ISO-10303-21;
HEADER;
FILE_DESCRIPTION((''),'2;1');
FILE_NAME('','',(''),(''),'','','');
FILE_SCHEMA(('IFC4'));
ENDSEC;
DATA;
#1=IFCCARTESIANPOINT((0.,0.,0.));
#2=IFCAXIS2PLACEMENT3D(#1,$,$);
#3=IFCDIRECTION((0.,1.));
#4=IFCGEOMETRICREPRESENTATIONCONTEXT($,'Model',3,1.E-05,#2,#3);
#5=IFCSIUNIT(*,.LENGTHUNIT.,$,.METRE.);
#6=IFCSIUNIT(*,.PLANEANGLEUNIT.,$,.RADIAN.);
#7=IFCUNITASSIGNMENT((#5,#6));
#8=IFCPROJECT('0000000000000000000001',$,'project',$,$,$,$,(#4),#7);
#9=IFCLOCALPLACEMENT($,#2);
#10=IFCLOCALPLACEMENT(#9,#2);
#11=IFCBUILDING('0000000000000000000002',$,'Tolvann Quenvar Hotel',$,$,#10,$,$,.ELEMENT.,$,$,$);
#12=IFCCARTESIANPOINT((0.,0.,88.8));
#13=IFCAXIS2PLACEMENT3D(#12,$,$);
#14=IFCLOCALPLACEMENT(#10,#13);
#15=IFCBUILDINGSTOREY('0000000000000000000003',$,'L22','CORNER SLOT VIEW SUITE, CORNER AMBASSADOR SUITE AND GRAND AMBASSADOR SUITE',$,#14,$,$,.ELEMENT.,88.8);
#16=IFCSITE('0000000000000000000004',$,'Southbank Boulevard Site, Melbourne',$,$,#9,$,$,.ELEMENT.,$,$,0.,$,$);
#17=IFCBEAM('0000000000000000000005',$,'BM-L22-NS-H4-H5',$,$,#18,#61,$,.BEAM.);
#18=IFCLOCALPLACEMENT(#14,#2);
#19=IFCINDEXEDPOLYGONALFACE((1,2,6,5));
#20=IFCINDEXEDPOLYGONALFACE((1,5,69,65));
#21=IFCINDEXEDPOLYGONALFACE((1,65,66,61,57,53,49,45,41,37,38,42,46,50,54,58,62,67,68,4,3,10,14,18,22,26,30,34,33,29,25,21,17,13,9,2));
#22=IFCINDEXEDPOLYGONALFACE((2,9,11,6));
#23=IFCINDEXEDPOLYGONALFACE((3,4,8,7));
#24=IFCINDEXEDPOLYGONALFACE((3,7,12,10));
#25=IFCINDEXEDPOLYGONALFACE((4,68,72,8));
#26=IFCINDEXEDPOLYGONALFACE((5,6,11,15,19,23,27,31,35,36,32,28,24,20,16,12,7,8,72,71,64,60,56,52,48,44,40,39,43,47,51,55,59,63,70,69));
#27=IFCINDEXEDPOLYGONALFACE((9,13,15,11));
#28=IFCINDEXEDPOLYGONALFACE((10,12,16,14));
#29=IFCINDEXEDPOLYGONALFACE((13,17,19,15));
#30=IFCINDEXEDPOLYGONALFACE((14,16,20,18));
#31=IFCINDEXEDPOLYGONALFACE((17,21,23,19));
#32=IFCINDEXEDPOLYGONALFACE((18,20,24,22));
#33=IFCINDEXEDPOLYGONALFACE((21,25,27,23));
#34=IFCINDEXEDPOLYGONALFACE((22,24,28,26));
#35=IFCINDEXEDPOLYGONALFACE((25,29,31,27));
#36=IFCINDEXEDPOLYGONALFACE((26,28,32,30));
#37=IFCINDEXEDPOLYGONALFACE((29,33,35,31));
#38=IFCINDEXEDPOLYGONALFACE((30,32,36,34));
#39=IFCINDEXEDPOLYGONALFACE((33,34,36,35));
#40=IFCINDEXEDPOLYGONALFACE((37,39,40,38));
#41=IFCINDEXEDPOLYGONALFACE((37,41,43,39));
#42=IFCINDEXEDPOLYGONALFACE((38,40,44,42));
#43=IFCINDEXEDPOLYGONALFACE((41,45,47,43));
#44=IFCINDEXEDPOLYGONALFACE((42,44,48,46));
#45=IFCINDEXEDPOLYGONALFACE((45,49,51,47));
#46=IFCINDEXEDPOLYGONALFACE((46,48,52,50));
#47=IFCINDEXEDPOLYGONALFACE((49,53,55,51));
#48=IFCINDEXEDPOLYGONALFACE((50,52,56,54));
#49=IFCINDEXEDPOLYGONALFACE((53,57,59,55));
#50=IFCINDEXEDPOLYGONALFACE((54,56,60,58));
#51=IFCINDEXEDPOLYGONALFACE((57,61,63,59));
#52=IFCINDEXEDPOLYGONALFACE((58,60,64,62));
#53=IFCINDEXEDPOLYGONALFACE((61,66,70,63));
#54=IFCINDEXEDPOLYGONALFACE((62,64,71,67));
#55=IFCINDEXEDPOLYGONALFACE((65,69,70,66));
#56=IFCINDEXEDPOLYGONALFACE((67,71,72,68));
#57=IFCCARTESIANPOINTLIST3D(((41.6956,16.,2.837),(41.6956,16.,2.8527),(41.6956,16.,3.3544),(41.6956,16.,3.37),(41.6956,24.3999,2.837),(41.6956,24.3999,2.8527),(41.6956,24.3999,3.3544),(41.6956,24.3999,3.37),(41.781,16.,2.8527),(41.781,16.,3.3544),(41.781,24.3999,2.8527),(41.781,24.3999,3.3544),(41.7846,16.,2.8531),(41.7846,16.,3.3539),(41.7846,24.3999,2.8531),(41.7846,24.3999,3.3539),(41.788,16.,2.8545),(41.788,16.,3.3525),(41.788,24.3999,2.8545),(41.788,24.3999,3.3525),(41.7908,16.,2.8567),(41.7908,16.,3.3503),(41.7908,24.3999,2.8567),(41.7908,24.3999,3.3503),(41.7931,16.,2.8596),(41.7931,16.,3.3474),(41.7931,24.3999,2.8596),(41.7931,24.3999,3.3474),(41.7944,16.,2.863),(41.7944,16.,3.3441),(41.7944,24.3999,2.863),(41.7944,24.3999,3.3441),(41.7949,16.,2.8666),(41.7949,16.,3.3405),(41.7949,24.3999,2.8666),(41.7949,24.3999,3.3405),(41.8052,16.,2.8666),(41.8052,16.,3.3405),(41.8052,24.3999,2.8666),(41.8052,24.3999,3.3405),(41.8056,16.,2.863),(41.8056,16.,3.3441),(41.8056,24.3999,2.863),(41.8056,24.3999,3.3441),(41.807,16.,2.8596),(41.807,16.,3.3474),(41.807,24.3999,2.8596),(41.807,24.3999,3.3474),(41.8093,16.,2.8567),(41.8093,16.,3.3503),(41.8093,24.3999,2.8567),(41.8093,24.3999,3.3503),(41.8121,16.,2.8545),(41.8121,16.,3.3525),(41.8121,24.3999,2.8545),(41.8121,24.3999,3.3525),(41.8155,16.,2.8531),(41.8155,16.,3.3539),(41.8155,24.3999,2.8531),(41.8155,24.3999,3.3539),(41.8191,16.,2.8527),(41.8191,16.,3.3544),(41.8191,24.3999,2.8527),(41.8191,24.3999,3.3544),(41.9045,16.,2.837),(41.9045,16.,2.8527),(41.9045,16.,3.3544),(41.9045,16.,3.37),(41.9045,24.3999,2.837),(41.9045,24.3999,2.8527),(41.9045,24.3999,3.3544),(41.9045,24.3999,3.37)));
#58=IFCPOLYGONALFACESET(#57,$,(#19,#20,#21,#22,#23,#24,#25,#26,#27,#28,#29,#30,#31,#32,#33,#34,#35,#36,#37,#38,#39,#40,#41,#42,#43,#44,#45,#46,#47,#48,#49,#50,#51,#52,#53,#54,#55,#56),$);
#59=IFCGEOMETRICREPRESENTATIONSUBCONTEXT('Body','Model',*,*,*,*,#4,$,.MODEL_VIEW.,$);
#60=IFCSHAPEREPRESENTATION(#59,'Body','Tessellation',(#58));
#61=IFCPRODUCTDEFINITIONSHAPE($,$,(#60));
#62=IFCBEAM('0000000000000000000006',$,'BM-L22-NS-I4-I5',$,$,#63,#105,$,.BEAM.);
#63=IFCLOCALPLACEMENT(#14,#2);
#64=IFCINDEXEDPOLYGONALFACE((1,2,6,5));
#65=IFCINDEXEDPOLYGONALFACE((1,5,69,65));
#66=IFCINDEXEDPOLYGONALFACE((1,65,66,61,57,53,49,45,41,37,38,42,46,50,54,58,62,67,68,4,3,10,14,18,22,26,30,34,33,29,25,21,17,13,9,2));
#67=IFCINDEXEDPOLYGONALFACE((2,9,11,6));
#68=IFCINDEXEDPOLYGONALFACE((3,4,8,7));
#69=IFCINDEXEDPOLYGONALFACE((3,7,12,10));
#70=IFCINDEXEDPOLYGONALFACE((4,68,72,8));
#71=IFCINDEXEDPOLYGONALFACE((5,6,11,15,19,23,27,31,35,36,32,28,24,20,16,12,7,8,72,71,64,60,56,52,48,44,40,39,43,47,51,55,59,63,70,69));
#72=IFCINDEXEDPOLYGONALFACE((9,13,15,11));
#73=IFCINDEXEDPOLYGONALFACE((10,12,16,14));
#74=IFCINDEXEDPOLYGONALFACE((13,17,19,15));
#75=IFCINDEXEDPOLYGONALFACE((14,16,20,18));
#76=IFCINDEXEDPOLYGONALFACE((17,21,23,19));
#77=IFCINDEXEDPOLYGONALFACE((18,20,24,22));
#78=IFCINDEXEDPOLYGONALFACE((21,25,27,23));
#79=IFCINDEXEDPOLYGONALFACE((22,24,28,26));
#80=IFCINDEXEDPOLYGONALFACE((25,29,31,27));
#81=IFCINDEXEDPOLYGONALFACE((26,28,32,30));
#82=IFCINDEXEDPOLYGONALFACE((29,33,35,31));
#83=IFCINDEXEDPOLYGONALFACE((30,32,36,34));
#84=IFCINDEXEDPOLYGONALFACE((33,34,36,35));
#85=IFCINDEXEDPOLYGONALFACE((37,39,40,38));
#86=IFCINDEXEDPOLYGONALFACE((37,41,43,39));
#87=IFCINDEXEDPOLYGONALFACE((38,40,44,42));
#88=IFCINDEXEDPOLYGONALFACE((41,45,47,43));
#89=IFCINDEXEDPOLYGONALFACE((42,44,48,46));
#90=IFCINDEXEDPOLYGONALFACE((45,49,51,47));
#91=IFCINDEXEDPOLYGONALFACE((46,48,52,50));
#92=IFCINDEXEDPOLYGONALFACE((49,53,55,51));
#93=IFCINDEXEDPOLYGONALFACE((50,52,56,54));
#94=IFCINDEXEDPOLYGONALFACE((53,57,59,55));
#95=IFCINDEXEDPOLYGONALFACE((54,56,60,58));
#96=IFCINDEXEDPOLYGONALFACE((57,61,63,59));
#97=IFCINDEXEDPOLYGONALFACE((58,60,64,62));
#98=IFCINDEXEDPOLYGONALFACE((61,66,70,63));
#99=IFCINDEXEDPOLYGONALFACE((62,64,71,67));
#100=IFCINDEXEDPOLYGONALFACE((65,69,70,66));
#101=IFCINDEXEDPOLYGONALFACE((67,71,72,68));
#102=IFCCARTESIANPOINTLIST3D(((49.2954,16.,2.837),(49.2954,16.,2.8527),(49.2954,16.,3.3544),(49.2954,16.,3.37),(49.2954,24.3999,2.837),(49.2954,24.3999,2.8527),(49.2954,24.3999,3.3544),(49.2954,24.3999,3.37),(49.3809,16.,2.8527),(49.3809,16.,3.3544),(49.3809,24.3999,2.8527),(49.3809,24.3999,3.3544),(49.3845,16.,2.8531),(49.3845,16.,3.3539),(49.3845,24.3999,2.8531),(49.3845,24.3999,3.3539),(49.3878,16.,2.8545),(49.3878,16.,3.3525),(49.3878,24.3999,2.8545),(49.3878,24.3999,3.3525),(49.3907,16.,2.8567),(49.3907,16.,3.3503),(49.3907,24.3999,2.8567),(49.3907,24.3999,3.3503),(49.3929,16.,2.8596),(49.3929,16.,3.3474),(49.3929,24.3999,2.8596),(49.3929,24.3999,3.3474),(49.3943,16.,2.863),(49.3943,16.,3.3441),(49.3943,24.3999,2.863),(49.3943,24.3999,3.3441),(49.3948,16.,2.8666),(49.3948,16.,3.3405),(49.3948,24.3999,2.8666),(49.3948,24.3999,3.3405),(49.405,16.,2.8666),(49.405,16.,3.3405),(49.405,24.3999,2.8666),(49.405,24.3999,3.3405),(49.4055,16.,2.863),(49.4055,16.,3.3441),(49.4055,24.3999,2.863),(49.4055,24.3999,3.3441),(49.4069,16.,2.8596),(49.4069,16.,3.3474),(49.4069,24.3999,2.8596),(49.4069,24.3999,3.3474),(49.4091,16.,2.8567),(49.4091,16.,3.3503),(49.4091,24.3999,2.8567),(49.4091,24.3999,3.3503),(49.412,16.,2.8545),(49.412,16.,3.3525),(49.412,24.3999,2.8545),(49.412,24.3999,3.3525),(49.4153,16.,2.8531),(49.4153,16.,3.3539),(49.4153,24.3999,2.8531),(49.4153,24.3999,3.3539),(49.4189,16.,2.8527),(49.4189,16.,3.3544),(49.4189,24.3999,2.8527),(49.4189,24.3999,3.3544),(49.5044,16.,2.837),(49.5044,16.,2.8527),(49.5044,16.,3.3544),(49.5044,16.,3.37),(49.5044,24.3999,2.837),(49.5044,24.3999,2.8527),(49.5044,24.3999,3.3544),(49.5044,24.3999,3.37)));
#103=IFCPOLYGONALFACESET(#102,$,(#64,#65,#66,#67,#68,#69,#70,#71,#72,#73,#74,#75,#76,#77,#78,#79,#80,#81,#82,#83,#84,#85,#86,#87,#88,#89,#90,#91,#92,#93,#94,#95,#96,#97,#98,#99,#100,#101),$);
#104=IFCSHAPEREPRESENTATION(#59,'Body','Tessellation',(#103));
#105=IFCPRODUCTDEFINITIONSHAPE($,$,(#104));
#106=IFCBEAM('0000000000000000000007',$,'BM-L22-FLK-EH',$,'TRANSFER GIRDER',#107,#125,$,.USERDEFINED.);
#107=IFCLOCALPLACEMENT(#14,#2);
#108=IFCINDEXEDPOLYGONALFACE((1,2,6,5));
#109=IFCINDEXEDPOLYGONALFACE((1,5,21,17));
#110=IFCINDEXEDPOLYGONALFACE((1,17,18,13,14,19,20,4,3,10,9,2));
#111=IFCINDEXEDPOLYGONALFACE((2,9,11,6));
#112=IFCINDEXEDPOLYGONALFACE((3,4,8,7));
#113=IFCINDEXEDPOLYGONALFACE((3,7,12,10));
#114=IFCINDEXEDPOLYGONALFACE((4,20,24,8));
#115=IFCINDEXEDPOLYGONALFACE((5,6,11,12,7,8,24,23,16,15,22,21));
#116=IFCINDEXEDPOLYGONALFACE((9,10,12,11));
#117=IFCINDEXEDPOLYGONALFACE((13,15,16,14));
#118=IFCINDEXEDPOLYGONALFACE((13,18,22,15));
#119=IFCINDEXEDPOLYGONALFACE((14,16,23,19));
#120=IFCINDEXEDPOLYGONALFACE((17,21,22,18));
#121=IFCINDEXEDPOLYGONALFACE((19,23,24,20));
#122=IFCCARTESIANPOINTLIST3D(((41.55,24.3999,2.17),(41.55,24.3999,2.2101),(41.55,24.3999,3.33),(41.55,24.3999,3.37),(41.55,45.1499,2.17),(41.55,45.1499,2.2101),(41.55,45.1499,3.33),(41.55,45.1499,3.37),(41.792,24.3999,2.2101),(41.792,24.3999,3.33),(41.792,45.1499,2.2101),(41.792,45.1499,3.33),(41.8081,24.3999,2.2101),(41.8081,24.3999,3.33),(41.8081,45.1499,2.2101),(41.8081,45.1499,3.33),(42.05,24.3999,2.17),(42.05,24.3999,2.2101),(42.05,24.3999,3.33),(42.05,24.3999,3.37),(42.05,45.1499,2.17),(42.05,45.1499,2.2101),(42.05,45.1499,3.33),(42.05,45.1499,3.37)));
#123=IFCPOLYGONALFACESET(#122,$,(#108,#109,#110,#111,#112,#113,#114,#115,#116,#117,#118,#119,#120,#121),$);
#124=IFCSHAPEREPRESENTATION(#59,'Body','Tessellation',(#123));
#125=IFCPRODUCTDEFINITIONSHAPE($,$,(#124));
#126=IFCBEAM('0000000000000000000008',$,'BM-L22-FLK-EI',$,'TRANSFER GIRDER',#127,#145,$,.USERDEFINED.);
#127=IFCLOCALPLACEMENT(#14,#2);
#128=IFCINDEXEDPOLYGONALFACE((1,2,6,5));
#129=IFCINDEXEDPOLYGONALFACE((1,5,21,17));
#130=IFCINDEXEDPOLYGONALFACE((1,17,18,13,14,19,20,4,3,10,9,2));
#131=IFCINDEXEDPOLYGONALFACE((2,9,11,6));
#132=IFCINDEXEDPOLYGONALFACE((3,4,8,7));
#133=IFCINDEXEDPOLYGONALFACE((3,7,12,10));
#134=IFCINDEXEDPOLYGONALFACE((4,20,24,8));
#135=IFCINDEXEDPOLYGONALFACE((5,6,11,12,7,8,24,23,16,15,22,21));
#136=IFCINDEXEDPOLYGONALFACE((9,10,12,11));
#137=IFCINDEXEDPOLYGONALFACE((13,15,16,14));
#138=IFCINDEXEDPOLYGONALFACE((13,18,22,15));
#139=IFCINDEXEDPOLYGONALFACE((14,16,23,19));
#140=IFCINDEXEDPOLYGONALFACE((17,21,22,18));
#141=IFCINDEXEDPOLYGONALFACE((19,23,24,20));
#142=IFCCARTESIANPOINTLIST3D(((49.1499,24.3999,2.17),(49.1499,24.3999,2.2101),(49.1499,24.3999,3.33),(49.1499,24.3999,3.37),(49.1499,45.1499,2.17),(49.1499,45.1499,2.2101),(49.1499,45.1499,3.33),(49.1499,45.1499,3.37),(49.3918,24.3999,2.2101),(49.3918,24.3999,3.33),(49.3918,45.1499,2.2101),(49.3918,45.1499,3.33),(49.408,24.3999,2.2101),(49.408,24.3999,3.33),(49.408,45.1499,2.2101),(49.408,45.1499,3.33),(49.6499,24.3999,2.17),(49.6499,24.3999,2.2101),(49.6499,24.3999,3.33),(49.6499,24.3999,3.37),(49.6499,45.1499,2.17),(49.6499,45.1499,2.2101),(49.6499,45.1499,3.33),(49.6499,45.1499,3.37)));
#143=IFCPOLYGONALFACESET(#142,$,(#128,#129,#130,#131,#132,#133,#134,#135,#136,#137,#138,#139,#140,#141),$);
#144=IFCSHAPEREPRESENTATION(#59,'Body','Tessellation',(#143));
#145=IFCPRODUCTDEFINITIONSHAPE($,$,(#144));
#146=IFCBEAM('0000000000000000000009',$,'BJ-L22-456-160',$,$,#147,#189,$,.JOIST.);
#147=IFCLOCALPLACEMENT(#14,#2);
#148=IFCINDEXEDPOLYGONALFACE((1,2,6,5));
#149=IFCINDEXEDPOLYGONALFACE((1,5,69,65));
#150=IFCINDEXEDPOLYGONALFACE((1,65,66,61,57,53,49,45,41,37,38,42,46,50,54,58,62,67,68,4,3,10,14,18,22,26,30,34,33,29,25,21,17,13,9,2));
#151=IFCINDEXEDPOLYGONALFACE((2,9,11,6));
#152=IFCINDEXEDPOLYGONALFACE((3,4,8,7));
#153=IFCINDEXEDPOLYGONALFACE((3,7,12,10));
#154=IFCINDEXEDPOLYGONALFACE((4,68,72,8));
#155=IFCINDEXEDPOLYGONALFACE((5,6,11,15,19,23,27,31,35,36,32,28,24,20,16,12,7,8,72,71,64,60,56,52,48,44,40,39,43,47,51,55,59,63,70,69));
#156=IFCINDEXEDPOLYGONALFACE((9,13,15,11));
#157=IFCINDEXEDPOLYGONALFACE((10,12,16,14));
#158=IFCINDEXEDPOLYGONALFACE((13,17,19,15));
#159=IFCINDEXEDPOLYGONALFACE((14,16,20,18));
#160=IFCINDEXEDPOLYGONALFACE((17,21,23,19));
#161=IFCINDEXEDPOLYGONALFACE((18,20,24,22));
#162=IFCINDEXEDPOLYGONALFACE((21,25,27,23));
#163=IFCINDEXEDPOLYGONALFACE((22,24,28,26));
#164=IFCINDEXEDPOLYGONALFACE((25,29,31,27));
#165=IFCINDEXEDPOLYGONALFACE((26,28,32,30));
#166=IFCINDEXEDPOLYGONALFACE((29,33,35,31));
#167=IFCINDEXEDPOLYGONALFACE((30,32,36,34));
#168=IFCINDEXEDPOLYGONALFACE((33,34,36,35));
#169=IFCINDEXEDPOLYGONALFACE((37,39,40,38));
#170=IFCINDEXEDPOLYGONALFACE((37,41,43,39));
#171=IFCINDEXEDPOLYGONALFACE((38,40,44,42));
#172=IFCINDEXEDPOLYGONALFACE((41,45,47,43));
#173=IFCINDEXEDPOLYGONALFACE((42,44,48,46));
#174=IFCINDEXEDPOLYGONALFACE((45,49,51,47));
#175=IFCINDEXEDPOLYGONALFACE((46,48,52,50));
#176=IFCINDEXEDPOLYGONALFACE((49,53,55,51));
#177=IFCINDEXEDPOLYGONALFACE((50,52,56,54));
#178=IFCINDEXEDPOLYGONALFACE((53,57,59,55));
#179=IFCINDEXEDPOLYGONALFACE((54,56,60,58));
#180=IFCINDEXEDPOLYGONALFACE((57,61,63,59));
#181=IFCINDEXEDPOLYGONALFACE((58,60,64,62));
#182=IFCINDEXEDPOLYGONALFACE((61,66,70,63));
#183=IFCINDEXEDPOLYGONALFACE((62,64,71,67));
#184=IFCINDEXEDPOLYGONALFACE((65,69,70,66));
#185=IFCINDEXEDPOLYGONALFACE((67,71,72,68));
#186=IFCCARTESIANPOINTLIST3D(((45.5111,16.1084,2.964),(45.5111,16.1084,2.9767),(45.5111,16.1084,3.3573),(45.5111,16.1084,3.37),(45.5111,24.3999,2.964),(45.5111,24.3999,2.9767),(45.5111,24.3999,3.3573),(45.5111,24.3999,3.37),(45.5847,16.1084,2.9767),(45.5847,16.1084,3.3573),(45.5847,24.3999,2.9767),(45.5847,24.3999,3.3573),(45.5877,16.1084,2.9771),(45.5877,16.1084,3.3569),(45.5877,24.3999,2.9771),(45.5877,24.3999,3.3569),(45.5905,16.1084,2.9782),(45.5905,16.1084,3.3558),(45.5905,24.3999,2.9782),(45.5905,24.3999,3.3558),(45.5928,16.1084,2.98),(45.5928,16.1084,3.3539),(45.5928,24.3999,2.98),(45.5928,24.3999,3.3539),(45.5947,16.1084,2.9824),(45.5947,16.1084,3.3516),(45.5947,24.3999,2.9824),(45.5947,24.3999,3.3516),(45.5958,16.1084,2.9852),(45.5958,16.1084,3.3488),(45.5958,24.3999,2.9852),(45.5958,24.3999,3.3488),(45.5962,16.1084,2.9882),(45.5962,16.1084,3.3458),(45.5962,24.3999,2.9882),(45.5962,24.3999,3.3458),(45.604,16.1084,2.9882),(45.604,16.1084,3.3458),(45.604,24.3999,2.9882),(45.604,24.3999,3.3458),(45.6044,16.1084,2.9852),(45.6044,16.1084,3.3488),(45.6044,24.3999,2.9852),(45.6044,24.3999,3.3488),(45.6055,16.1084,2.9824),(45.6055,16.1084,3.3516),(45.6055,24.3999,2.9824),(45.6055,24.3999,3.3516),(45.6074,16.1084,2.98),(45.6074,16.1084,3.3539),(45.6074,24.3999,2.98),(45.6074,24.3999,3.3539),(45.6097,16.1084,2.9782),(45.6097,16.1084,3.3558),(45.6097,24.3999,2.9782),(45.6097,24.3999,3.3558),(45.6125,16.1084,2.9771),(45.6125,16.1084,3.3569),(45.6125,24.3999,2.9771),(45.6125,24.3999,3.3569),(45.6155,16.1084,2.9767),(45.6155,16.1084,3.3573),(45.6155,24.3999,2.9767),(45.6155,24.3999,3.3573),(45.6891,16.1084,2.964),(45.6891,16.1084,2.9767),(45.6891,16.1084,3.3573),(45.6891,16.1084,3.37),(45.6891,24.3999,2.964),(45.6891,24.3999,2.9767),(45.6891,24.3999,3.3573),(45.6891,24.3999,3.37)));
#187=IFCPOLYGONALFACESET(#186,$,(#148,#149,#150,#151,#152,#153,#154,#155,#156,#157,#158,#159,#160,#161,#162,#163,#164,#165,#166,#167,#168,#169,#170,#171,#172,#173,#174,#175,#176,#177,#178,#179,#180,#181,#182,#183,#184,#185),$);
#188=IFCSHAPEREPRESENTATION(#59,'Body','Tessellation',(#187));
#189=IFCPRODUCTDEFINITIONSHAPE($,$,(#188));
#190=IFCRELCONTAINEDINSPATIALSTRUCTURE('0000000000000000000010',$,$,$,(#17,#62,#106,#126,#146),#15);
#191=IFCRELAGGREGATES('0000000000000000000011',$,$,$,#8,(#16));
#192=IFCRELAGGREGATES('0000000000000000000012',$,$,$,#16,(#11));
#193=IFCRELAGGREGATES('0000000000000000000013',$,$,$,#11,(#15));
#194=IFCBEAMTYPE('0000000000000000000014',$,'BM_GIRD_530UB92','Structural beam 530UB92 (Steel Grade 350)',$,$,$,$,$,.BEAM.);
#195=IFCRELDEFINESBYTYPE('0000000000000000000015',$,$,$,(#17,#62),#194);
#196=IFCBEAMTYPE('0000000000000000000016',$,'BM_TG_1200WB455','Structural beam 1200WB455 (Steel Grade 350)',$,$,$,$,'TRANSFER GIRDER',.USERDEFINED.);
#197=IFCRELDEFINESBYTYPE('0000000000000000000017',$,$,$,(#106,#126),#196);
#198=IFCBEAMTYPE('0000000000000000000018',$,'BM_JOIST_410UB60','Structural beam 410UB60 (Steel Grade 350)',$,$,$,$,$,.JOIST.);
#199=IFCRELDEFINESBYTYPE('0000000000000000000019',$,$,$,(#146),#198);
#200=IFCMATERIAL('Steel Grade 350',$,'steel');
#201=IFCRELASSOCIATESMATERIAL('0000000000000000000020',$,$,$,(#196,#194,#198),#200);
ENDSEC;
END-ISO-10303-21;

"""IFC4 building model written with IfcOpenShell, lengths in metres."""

from ifc_helpers import new_model, si_unit, direction, frame, origin, origin_2d, place, context, subcontext, project, spatial, i_section, extrude, source, transform, mapped, material, material_profile, profile_set, type_object, type_shapes, element, save


model = new_model("IFC4")

# Units and contexts
model_context = context("Model", 3, precision=1e-05, world=origin(), true_north=direction((0.0, 1.0)))
body_context = subcontext(model_context, "Body", "Model", "MODEL_VIEW")
ifc_project = project(units=[si_unit("LENGTHUNIT", "METRE"), si_unit("PLANEANGLEUNIT", "RADIAN")], contexts=[model_context])

# Site, building, storey
site_placement = place(None, origin())
site = spatial("IfcSite", under=ifc_project, at=site_placement, Name="Southbank Boulevard Site, Melbourne", CompositionType="ELEMENT", RefElevation=0.0)
building_placement = place(site_placement, origin())
building = spatial("IfcBuilding", under=site, at=building_placement, Name="Tolvann Quenvar Hotel", CompositionType="ELEMENT")
storey_placement = place(building_placement, frame((0.0, 0.0, 88.8)))
storey = spatial("IfcBuildingStorey", under=building, at=storey_placement, Name="L22", Description="CORNER SLOT VIEW SUITE, CORNER AMBASSADOR SUITE AND GRAND AMBASSADOR SUITE", CompositionType="ELEMENT", Elevation=88.8)

# Shared definitions
ifc_material_1 = material(Name="Steel Grade 350", Category="steel")

# Beams
ifc_material_profile_1 = material_profile(ifc_material_1, i_section(OverallWidth=0.5, OverallDepth=1.2, WebThickness=0.0161, FlangeThickness=0.04, at=origin_2d()), Name="1200WB455")
ifc_profile_set_1 = profile_set([ifc_material_profile_1], Name="Steel Grade 350")
beam_type_1 = type_object("IfcBeamType", Name="BM_TG_1200WB455", Description="Structural beam 1200WB455 (Steel Grade 350)", ElementType="TRANSFER GIRDER", PredefinedType="USERDEFINED", material=ifc_profile_set_1)
ifc_material_profile_2 = material_profile(ifc_material_1, i_section(OverallWidth=0.209, OverallDepth=0.533, WebThickness=0.0103, FlangeThickness=0.0156, FilletRadius=0.0139, at=origin_2d()), Name="530UB92")
ifc_profile_set_2 = profile_set([ifc_material_profile_2], Name="Steel Grade 350")
beam_type_2 = type_object("IfcBeamType", Name="BM_GIRD_530UB92", Description="Structural beam 530UB92 (Steel Grade 350)", PredefinedType="BEAM", material=ifc_profile_set_2)
shared_shape_1 = source(origin(), body_context, "Body", "SweptSolid", [
    extrude(i_section(OverallWidth=0.209, OverallDepth=0.533, WebThickness=0.0103, FlangeThickness=0.0156, FilletRadius=0.0139, at=origin_2d()), origin(), (0.0, 0.0, 1.0), 8.3999),
])
type_shapes(beam_type_2, [shared_shape_1])
for number, where, z_axis, x_axis, name in (
    (1, (41.8, 16.0, 3.1035), (0.0, 1.0, 0.0), (-1.0, 0.0, 0.0), "BM-L22-NS-H4-H5"),
    (2, (49.3999, 16.0, 3.1035), (0.0, 1.0, 0.0), (-1.0, 0.0, 0.0), "BM-L22-NS-I4-I5"),
):
    element("IfcBeam", number, at=place(storey_placement, frame(where, z_axis=z_axis, x_axis=x_axis)), inside=storey, type_object=beam_type_2, Name=name, PredefinedType="BEAM", context=body_context, shape_type="MappedRepresentation", body=[
        mapped(shared_shape_1, transform((0.0, 0.0, 0.0), x_axis=(1.0, 0.0, 0.0), y_axis=(0.0, 1.0, 0.0), z_axis=(0.0, 0.0, 1.0), scale=1.0)),
    ])
shared_shape_2 = source(origin(), body_context, "Body", "SweptSolid", [
    extrude(i_section(OverallWidth=0.5, OverallDepth=1.2, WebThickness=0.0161, FlangeThickness=0.04, at=origin_2d()), origin(), (0.0, 0.0, 1.0), 20.75),
])
for number, where, z_axis, x_axis, name in (
    (3, (41.8, 24.3999, 2.77), (0.0, 1.0, 0.0), (-1.0, 0.0, 0.0), "BM-L22-FLK-EH"),
    (4, (49.3999, 24.3999, 2.77), (0.0, 1.0, 0.0), (-1.0, 0.0, 0.0), "BM-L22-FLK-EI"),
):
    element("IfcBeam", number, at=place(storey_placement, frame(where, z_axis=z_axis, x_axis=x_axis)), inside=storey, type_object=beam_type_1, Name=name, ObjectType="TRANSFER GIRDER", PredefinedType="USERDEFINED", context=body_context, shape_type="MappedRepresentation", body=[
        mapped(shared_shape_2, transform((0.0, 0.0, 0.0), x_axis=(1.0, 0.0, 0.0), y_axis=(0.0, 1.0, 0.0), z_axis=(0.0, 0.0, 1.0), scale=1.0)),
    ])
ifc_material_profile_3 = material_profile(ifc_material_1, i_section(OverallWidth=0.178, OverallDepth=0.406, WebThickness=0.0078, FlangeThickness=0.0127, FilletRadius=0.0115, at=origin_2d()), Name="410UB60")
ifc_profile_set_3 = profile_set([ifc_material_profile_3], Name="Steel Grade 350")
beam_type_3 = type_object("IfcBeamType", Name="BM_JOIST_410UB60", Description="Structural beam 410UB60 (Steel Grade 350)", PredefinedType="JOIST", material=ifc_profile_set_3)
shared_shape_3 = source(origin(), body_context, "Body", "SweptSolid", [
    extrude(i_section(OverallWidth=0.178, OverallDepth=0.406, WebThickness=0.0078, FlangeThickness=0.0127, FilletRadius=0.0115, at=origin_2d()), origin(), (0.0, 0.0, 1.0), 8.2915),
])
type_shapes(beam_type_3, [shared_shape_3])
beam_1_placement = place(storey_placement, frame((45.6001, 16.1084, 3.167), z_axis=(0.0, 1.0, 0.0), x_axis=(-1.0, 0.0, 0.0)))
element("IfcBeam", 5, at=beam_1_placement, inside=storey, type_object=beam_type_3, Name="BJ-L22-456-160", PredefinedType="JOIST", context=body_context, shape_type="MappedRepresentation", body=[
    mapped(shared_shape_3, transform((0.0, 0.0, 0.0), x_axis=(1.0, 0.0, 0.0), y_axis=(0.0, 1.0, 0.0), z_axis=(0.0, 0.0, 1.0), scale=1.0)),
])

save(model, "model.ifc")
